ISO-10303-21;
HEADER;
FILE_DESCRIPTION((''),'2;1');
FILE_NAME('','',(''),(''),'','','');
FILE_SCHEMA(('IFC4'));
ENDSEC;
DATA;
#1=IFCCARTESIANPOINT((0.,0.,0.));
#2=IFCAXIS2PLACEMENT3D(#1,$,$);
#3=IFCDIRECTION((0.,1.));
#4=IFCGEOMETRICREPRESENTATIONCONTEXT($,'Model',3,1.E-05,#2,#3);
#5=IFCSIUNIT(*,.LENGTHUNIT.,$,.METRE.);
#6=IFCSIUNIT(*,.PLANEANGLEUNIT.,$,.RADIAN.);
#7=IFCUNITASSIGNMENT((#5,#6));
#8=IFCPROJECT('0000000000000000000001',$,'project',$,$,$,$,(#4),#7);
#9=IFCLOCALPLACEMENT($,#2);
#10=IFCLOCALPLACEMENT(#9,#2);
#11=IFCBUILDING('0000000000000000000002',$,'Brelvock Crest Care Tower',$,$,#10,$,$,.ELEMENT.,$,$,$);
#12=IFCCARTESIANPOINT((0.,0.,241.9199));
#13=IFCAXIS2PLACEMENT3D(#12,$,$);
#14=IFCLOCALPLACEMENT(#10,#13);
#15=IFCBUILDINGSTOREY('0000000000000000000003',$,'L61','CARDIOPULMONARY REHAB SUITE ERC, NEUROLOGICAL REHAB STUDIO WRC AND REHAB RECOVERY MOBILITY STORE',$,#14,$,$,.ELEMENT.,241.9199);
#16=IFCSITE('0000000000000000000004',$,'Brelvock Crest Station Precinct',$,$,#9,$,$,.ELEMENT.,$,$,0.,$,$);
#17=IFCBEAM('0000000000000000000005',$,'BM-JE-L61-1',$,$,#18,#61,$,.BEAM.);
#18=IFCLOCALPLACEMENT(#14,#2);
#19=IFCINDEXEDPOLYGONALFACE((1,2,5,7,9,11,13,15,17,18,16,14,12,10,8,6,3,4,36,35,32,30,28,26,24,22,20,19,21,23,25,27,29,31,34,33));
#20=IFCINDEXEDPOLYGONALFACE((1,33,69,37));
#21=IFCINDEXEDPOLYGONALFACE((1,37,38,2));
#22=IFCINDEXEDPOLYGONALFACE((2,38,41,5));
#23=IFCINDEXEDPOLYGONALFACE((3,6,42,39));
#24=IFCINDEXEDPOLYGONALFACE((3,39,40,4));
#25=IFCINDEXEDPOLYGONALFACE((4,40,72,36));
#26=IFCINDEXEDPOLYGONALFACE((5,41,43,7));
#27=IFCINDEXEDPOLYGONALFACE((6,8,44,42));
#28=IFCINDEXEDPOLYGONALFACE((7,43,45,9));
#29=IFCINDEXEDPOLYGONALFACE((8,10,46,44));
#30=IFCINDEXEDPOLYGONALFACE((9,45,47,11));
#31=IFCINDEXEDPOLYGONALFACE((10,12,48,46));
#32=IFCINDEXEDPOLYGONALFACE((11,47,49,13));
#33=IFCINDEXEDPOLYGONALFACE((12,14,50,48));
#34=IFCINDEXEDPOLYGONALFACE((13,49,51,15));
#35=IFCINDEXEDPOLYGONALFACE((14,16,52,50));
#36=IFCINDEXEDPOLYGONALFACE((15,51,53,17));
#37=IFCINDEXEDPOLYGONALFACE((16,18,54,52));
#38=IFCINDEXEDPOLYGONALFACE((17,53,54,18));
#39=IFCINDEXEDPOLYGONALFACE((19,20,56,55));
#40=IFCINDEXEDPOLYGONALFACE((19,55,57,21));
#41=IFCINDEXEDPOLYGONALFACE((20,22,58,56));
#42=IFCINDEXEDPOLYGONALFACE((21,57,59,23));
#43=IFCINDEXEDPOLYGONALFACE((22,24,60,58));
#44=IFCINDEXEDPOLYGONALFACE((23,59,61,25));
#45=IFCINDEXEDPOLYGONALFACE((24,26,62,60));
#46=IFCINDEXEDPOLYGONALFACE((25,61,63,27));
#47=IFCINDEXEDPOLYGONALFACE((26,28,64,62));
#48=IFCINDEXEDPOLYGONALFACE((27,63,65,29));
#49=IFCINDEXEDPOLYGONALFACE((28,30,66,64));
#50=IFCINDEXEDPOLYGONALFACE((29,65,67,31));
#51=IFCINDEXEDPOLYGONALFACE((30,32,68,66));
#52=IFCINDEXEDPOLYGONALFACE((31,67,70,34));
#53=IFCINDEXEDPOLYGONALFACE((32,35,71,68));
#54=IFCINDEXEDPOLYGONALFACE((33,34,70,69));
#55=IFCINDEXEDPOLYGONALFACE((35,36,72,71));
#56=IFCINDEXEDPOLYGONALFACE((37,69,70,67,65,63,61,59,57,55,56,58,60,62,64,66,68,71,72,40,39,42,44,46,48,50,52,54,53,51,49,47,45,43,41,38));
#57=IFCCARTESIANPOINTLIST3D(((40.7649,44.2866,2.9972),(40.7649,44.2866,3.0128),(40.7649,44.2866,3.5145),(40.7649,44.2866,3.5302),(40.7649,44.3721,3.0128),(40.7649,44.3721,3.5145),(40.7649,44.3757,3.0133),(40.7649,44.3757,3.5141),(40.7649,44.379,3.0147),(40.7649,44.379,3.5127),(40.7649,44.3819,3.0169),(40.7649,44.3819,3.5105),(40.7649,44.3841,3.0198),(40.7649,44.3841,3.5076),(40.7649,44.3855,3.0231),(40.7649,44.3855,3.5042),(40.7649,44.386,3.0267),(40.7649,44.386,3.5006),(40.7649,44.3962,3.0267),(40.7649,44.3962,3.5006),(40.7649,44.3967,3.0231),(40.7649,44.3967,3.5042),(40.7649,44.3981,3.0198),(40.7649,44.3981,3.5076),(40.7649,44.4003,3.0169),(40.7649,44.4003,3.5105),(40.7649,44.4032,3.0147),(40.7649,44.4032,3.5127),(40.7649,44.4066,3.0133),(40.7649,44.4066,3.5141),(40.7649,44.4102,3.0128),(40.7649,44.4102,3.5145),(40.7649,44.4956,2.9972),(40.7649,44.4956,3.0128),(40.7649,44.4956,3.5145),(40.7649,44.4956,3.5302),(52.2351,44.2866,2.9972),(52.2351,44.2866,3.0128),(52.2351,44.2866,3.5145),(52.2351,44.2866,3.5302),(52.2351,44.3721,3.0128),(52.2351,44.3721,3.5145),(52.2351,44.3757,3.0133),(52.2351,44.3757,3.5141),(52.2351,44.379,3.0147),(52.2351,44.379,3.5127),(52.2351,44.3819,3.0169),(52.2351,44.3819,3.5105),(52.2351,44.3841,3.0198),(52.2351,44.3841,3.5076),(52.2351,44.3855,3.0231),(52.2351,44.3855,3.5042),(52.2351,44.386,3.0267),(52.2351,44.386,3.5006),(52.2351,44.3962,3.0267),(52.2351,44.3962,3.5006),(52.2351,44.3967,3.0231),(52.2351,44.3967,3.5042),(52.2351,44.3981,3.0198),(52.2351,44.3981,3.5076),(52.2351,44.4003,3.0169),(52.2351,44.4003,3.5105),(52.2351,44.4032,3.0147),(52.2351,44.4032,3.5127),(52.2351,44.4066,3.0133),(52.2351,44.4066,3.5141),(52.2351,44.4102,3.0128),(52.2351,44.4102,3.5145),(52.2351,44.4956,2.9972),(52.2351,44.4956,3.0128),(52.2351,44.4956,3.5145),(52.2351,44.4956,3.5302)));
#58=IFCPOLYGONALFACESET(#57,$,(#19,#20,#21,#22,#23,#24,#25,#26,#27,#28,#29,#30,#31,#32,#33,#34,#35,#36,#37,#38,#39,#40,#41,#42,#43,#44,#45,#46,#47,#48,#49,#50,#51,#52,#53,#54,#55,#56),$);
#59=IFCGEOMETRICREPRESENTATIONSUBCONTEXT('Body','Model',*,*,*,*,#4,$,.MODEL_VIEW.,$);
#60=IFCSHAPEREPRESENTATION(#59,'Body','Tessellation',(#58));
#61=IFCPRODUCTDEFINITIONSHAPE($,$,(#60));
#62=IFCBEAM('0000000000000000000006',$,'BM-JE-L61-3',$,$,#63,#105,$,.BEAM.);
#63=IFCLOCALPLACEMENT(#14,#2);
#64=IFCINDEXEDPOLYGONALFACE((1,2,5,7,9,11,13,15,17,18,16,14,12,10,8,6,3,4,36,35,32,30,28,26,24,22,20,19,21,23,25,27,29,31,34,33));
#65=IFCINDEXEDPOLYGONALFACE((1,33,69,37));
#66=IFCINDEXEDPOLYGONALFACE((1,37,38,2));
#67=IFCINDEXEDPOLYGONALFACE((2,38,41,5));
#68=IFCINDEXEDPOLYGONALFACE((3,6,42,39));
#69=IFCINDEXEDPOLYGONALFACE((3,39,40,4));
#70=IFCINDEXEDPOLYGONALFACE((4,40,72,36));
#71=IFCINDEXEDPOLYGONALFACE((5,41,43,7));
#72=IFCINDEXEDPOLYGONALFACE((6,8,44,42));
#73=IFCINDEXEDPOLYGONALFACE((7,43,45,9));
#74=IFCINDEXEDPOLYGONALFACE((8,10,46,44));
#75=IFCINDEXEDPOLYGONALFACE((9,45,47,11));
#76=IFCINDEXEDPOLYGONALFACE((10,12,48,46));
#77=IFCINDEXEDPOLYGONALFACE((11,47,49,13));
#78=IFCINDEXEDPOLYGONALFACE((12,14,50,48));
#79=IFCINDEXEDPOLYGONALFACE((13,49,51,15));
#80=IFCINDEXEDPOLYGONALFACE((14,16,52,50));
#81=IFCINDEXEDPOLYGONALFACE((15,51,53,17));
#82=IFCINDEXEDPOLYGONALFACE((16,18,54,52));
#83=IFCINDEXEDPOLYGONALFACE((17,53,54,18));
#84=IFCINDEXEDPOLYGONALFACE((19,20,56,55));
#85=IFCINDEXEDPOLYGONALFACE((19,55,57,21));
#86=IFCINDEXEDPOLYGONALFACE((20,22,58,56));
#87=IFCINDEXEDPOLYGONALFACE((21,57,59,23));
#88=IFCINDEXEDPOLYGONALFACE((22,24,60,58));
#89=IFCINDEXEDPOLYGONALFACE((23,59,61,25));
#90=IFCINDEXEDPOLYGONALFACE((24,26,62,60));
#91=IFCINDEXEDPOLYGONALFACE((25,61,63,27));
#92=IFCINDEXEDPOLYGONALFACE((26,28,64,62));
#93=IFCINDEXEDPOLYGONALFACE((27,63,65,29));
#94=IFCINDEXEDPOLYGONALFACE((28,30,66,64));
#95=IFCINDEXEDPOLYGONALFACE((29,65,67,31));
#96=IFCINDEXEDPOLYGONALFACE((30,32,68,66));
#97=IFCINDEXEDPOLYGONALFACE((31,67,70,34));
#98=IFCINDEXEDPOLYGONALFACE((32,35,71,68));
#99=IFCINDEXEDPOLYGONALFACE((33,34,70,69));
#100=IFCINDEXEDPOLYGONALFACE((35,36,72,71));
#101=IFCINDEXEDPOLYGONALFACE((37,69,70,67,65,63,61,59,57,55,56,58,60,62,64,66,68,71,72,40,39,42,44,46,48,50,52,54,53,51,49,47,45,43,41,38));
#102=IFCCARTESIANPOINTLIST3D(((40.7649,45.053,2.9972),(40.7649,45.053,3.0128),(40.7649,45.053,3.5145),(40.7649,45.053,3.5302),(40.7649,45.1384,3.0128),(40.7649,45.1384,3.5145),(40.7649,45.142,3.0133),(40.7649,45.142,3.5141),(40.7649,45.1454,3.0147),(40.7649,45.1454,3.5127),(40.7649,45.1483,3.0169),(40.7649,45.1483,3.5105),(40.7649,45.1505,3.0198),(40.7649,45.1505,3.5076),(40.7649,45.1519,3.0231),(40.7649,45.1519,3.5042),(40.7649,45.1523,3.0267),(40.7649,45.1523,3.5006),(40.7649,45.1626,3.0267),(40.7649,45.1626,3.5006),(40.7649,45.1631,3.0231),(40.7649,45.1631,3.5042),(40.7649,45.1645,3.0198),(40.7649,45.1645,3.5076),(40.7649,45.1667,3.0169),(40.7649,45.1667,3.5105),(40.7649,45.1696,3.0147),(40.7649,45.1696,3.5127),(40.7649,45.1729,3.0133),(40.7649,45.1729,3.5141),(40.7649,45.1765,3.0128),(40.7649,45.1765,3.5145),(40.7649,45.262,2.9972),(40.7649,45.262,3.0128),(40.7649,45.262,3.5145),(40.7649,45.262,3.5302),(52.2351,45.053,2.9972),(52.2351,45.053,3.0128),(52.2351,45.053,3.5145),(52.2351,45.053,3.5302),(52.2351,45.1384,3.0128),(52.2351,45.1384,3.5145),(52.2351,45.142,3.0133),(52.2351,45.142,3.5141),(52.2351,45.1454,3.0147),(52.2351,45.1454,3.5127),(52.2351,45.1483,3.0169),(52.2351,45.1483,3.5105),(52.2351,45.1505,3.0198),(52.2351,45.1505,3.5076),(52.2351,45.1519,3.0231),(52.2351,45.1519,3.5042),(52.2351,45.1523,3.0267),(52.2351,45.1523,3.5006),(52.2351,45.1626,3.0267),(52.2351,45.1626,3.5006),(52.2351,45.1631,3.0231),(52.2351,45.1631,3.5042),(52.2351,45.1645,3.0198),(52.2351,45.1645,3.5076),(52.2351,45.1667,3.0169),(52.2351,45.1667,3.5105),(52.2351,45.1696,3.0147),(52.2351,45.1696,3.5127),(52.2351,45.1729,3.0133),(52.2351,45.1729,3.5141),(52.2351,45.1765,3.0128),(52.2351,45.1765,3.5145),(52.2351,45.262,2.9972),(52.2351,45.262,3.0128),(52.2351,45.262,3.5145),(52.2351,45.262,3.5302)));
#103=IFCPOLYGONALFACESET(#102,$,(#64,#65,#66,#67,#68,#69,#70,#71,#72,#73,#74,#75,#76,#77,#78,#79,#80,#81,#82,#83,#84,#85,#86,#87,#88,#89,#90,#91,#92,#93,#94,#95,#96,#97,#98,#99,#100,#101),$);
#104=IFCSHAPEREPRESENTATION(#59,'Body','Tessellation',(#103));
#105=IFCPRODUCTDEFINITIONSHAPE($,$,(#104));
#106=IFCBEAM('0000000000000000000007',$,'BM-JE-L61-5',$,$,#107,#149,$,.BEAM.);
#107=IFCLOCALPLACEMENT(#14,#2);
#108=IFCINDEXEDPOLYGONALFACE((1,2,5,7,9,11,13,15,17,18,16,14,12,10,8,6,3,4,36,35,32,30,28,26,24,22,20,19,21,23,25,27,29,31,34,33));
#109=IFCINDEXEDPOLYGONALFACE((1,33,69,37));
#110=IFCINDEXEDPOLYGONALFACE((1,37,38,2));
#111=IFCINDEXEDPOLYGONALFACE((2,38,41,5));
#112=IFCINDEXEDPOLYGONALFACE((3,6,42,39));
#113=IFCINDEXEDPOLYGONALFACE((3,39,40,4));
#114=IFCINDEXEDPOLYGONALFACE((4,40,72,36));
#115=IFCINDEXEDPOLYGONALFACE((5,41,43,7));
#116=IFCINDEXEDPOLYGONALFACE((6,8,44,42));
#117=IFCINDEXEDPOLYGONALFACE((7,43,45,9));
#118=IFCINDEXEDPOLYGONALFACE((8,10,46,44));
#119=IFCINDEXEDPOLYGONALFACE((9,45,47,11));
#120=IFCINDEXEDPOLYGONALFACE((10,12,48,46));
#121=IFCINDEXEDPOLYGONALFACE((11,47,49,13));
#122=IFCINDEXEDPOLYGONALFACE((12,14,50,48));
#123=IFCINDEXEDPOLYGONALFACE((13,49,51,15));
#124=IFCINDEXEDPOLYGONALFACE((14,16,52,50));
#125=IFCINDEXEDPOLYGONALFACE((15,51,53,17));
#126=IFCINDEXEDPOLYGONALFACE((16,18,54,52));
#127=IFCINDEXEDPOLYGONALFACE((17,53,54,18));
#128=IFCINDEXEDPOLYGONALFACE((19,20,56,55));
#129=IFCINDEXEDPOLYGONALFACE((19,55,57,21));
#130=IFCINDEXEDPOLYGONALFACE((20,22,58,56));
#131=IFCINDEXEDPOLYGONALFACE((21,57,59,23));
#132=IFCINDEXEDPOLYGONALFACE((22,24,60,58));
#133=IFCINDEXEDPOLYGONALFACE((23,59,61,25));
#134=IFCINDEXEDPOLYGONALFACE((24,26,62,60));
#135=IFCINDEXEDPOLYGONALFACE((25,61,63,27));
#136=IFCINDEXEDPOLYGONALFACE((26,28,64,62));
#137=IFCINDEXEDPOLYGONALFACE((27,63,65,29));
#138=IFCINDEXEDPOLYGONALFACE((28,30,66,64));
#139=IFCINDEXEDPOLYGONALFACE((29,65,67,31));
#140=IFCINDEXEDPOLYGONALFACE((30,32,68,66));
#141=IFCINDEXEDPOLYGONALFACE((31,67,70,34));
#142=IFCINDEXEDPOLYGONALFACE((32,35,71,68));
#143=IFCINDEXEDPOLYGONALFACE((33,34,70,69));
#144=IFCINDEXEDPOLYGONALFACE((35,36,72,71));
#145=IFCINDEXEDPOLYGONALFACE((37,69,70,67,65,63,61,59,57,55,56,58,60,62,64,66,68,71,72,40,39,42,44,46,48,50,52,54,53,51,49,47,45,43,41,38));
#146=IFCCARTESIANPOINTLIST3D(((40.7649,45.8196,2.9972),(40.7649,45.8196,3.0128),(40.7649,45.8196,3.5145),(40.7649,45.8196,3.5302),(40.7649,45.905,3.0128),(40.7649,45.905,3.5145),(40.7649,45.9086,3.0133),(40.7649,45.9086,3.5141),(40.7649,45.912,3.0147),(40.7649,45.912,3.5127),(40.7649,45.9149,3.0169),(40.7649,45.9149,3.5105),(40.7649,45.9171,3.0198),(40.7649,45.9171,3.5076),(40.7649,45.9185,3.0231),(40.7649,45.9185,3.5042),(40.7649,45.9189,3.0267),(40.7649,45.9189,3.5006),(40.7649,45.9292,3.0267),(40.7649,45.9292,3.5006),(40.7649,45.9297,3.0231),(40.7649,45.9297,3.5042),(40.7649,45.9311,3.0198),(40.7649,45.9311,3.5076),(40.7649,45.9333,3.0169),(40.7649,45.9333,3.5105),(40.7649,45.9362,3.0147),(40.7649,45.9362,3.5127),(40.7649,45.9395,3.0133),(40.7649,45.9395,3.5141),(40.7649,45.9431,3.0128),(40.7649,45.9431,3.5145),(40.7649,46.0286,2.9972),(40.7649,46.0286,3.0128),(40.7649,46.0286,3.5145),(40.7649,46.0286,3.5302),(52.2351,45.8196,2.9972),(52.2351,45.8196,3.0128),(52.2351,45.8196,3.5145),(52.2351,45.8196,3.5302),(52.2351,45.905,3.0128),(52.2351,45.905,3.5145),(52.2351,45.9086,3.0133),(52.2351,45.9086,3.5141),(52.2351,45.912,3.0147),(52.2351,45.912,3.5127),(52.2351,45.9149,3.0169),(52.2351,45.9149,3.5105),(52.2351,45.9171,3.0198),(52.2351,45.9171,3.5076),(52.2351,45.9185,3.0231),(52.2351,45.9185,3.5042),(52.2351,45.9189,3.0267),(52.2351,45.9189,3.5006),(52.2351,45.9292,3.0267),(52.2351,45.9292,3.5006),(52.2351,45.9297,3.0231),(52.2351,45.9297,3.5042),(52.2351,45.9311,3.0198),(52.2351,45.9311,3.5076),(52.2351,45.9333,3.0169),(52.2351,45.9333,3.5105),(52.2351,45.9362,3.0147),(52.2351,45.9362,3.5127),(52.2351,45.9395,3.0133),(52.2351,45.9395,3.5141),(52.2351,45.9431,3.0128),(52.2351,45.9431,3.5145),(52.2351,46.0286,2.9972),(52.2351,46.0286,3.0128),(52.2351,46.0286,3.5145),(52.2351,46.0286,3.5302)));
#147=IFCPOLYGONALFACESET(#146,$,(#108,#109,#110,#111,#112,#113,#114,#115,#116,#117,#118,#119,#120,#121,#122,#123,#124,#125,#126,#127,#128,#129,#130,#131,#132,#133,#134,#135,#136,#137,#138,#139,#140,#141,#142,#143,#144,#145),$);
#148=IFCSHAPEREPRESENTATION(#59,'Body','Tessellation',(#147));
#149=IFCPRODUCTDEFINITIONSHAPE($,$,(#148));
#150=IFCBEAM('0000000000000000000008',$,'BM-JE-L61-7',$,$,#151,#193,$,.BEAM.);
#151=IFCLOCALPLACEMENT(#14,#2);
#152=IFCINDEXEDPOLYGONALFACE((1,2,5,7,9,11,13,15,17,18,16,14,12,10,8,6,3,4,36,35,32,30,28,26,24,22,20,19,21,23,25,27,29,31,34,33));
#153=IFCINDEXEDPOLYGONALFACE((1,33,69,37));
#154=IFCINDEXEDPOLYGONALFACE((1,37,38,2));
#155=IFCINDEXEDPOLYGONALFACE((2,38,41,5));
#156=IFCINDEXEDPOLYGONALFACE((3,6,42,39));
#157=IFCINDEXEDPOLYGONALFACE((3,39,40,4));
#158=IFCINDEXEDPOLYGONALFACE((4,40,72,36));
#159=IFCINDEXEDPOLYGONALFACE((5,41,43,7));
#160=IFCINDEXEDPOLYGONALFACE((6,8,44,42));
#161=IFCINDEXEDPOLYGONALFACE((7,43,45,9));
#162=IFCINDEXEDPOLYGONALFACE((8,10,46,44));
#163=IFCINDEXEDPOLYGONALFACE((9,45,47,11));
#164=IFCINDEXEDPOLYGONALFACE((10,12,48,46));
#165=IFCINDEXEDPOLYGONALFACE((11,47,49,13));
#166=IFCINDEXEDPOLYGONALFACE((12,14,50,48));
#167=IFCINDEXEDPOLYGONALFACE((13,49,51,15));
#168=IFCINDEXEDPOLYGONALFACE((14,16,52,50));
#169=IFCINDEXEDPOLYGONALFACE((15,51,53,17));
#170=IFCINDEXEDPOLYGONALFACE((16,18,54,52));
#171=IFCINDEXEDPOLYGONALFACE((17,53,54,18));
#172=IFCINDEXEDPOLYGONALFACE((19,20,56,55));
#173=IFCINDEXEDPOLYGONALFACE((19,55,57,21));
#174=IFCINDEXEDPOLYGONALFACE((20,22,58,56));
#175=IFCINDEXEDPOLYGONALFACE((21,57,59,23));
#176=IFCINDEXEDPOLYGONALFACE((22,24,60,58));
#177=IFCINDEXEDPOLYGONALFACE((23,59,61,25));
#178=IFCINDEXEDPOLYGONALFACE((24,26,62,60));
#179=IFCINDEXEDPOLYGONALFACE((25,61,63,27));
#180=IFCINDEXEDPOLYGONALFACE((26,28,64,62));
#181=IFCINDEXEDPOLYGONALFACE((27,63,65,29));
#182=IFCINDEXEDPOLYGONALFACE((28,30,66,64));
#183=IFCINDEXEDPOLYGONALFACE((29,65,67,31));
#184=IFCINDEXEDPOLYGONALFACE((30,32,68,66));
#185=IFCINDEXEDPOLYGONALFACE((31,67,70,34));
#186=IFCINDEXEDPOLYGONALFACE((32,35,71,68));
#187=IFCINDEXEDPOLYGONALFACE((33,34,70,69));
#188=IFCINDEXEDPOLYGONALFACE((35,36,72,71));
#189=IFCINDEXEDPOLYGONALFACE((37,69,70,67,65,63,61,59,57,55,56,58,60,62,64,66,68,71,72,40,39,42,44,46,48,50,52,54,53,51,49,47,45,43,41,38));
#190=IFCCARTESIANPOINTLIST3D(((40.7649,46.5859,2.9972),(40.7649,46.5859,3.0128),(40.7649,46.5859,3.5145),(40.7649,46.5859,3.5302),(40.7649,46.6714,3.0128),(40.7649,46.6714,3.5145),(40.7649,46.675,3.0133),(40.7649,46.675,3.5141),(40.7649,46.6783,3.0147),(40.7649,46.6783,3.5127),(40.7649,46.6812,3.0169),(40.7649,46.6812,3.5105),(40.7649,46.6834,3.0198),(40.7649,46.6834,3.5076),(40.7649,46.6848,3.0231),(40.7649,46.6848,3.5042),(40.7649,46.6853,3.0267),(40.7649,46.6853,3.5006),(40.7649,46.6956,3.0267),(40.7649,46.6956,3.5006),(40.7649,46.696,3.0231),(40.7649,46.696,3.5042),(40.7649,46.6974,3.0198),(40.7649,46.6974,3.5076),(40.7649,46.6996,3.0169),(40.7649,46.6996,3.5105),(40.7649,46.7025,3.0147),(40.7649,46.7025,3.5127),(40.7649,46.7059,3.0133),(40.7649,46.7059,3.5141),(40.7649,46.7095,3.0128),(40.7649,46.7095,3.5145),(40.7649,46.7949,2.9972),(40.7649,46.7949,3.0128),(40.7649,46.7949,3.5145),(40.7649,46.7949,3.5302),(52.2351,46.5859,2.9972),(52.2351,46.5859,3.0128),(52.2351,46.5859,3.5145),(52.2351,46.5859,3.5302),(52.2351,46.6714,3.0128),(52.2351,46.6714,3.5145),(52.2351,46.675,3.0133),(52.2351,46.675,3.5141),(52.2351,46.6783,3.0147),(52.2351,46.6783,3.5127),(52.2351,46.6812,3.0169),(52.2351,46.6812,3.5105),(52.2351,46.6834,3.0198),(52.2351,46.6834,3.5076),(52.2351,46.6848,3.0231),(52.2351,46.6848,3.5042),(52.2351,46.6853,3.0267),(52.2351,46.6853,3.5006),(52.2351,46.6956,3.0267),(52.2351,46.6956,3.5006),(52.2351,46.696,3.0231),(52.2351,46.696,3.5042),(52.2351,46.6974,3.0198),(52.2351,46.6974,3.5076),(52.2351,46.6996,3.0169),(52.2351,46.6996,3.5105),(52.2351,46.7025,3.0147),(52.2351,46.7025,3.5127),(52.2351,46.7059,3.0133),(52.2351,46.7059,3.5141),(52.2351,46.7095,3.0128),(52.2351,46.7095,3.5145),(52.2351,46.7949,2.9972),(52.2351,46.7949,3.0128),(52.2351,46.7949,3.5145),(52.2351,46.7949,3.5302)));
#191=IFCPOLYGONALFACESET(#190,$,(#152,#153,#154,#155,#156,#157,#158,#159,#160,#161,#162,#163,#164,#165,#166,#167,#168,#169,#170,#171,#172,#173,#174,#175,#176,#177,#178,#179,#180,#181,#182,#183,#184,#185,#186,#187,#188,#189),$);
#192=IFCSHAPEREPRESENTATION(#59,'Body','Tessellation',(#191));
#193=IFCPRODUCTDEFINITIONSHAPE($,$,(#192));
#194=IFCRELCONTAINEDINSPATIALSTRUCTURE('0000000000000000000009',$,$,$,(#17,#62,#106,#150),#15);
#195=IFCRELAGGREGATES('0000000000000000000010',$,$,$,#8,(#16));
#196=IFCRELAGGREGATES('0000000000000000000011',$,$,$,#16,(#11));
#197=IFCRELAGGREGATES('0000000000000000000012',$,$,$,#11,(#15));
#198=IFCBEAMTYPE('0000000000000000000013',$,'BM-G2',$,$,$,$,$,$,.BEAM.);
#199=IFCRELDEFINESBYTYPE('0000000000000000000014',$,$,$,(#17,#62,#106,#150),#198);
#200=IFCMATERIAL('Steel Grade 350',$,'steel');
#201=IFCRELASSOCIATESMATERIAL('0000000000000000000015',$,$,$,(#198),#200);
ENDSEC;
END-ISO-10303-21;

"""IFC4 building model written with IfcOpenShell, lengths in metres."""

from ifc_helpers import new_model, si_unit, direction, frame, origin, origin_2d, place, context, subcontext, project, spatial, i_section, extrude, source, transform, mapped, material, material_profile, profile_set, type_object, element, save


model = new_model("IFC4")

# Units and contexts
model_context = context("Model", 3, precision=1e-05, world=origin(), true_north=direction((0.0, 1.0)))
body_context = subcontext(model_context, "Body", "Model", "MODEL_VIEW")
ifc_project = project(units=[si_unit("LENGTHUNIT", "METRE"), si_unit("PLANEANGLEUNIT", "RADIAN")], contexts=[model_context])

# Site, building, storey
site_placement = place(None, origin())
site = spatial("IfcSite", under=ifc_project, at=site_placement, Name="Brelvock Crest Station Precinct", CompositionType="ELEMENT", RefElevation=0.0)
building_placement = place(site_placement, origin())
building = spatial("IfcBuilding", under=site, at=building_placement, Name="Brelvock Crest Care Tower", CompositionType="ELEMENT")
storey_placement = place(building_placement, frame((0.0, 0.0, 241.9199)))
storey = spatial("IfcBuildingStorey", under=building, at=storey_placement, Name="L61", Description="CARDIOPULMONARY REHAB SUITE ERC, NEUROLOGICAL REHAB STUDIO WRC AND REHAB RECOVERY MOBILITY STORE", CompositionType="ELEMENT", Elevation=241.9199)

# Beams
ifc_material_1 = material(Name="Steel Grade 350", Category="steel")
ifc_material_profile_1 = material_profile(ifc_material_1, i_section(OverallWidth=0.209, OverallDepth=0.533, WebThickness=0.0103, FlangeThickness=0.0156, FilletRadius=0.0139, at=origin_2d()), Name="530UB92.4")
ifc_profile_set_1 = profile_set([ifc_material_profile_1], Name="Steel Grade 350")
beam_type_1 = type_object("IfcBeamType", Name="BM-G2", PredefinedType="BEAM", material=ifc_profile_set_1)
shared_shape_1 = source(origin(), body_context, "Body", "SweptSolid", [
    extrude(i_section(OverallWidth=0.209, OverallDepth=0.533, WebThickness=0.0103, FlangeThickness=0.0156, FilletRadius=0.0139, at=origin_2d()), origin(), (0.0, 0.0, 1.0), 11.4702),
])
for number, where, z_axis, x_axis, name in (
    (1, (40.7649, 44.3911, 3.2637), (1.0, 0.0, 0.0), (0.0, 1.0, 0.0), "BM-JE-L61-1"),
    (2, (40.7649, 45.1575, 3.2637), (1.0, 0.0, 0.0), (0.0, 1.0, 0.0), "BM-JE-L61-3"),
    (3, (40.7649, 45.9241, 3.2637), (1.0, 0.0, 0.0), (0.0, 1.0, 0.0), "BM-JE-L61-5"),
    (4, (40.7649, 46.6904, 3.2637), (1.0, 0.0, 0.0), (0.0, 1.0, 0.0), "BM-JE-L61-7"),
):
    element("IfcBeam", number, at=place(storey_placement, frame(where, z_axis=z_axis, x_axis=x_axis)), inside=storey, type_object=beam_type_1, Name=name, PredefinedType="BEAM", context=body_context, shape_type="MappedRepresentation", body=[
        mapped(shared_shape_1, transform((0.0, 0.0, 0.0), x_axis=(1.0, 0.0, 0.0), y_axis=(0.0, 1.0, 0.0), z_axis=(0.0, 0.0, 1.0), scale=1.0)),
    ])

save(model, "model.ifc")
